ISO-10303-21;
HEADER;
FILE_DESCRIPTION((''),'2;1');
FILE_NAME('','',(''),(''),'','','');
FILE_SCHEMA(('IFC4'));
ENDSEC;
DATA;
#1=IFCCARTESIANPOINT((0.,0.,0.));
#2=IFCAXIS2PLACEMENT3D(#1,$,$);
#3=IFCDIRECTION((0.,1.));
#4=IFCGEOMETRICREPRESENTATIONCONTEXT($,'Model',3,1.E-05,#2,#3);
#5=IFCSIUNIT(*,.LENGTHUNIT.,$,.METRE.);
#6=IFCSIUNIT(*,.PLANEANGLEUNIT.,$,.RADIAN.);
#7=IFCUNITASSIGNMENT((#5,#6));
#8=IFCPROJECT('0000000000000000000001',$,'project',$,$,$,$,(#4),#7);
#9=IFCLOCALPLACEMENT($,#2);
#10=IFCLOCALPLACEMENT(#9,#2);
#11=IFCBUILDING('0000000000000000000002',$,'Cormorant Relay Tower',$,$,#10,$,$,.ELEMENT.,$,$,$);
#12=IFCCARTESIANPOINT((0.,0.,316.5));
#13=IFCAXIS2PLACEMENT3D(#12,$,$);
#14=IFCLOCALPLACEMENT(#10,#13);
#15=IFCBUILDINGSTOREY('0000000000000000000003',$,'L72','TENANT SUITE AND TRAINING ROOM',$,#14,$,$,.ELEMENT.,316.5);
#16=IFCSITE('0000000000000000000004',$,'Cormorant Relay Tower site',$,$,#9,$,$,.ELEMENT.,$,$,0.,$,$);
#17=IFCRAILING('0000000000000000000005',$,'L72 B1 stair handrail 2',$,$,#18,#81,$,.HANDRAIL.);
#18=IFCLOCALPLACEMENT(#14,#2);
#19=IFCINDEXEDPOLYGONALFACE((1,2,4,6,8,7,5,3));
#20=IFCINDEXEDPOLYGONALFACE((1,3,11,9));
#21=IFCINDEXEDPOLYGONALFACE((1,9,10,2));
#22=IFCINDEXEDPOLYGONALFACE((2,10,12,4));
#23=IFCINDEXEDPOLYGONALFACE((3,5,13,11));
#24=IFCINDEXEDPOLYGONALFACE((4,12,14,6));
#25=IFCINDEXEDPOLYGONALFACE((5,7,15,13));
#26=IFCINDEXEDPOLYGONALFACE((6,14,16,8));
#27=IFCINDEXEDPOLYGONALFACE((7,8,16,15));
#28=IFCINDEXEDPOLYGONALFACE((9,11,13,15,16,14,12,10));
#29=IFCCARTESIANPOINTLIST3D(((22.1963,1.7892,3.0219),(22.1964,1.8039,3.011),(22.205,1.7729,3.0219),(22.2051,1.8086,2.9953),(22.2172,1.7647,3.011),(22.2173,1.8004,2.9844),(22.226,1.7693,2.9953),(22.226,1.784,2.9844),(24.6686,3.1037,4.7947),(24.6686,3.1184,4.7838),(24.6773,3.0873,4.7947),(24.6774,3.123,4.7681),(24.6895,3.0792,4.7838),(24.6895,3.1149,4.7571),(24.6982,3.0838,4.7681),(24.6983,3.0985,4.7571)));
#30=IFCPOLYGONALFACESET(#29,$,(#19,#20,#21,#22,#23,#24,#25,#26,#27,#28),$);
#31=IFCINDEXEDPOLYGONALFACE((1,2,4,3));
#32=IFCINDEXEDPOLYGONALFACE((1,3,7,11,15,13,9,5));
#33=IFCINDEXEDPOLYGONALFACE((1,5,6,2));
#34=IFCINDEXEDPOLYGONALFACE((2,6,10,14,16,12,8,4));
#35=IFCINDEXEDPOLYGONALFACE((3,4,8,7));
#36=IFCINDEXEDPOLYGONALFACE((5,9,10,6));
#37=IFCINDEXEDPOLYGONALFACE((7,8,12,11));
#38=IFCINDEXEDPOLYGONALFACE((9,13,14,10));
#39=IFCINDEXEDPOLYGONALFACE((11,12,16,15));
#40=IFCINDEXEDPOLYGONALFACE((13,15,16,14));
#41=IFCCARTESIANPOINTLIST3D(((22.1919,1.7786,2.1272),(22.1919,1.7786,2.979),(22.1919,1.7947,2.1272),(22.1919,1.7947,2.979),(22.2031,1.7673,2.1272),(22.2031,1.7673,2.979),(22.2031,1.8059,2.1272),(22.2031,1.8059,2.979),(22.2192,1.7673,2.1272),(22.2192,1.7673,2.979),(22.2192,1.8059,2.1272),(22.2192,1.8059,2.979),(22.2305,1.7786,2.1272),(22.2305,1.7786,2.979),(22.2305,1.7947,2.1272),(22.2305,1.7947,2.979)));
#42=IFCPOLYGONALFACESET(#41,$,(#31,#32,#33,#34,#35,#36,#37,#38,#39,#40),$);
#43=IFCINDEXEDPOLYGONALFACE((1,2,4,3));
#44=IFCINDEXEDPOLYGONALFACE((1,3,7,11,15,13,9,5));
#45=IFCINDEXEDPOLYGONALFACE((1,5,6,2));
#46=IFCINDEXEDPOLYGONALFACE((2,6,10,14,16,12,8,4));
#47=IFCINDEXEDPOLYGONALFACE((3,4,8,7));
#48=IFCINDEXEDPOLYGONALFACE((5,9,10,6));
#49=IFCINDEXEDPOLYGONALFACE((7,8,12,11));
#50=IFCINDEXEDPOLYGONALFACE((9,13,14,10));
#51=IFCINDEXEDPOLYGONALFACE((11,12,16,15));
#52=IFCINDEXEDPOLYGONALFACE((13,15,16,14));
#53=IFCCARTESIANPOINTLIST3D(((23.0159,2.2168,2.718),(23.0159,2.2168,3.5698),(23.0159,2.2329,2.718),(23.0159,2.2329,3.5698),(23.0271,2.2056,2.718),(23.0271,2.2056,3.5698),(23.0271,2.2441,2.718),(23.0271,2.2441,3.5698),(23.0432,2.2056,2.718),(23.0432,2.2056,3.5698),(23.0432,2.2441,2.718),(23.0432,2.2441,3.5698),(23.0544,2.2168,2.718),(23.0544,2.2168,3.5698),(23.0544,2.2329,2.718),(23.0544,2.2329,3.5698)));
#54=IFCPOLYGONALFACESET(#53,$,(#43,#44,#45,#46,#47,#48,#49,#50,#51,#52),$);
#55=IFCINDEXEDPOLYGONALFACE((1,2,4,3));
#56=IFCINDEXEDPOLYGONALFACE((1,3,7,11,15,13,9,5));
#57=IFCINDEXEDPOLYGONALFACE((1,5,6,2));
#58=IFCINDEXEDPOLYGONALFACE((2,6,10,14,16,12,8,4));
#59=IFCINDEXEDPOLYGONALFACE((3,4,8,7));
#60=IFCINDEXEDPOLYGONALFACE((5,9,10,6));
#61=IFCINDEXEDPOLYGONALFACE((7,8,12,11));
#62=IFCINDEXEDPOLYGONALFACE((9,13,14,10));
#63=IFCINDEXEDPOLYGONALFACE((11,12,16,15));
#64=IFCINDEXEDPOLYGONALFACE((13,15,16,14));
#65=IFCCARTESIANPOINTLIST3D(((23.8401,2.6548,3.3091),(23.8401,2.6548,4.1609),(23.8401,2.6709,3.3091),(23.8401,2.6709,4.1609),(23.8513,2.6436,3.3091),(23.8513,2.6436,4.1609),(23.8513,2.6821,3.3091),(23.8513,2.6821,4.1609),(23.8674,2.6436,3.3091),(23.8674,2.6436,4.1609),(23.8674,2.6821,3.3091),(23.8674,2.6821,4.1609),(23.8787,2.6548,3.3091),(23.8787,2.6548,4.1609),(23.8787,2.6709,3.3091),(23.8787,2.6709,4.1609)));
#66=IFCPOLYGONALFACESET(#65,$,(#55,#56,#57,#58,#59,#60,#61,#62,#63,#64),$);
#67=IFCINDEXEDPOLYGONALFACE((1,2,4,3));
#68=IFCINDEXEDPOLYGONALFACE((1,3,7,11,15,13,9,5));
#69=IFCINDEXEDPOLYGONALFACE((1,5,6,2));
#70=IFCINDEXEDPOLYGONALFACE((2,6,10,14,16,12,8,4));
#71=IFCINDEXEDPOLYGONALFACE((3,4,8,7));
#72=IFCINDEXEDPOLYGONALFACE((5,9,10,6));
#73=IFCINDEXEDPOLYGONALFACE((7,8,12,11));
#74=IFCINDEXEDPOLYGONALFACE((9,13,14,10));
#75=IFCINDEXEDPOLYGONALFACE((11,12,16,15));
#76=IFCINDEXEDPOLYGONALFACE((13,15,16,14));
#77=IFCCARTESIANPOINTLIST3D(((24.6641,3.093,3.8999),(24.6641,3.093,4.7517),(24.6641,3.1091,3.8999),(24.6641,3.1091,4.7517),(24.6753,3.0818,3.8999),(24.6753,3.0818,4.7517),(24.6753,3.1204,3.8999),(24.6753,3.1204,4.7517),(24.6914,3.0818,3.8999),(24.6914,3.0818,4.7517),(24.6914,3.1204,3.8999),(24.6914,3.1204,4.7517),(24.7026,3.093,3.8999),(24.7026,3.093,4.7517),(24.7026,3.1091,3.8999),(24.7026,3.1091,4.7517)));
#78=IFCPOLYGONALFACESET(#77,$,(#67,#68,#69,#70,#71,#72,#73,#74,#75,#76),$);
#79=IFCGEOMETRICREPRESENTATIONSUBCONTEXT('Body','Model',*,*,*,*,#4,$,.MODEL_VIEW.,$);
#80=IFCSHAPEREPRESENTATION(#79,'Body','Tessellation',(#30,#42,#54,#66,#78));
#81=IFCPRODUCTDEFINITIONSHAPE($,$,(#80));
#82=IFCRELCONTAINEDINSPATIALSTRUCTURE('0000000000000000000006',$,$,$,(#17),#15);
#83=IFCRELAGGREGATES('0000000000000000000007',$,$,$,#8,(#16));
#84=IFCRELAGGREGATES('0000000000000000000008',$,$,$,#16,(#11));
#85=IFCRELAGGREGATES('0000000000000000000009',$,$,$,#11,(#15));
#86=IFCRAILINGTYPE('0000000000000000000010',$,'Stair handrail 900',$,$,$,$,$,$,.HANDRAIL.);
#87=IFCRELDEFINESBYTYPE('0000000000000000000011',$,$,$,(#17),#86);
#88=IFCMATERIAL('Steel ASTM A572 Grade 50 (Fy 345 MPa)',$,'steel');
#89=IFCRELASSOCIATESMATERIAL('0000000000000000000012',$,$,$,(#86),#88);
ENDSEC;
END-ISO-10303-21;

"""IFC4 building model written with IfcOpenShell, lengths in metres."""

from ifc_helpers import new_model, si_unit, direction, frame, origin, place, context, subcontext, project, spatial, polyline, outline, extrude, material, type_object, element, save


model = new_model("IFC4")

# Units and contexts
model_context = context("Model", 3, precision=1e-05, world=origin(), true_north=direction((0.0, 1.0)))
body_context = subcontext(model_context, "Body", "Model", "MODEL_VIEW")
ifc_project = project(units=[si_unit("LENGTHUNIT", "METRE"), si_unit("PLANEANGLEUNIT", "RADIAN")], contexts=[model_context])

# Site, building, storey
site_placement = place(None, origin())
site = spatial("IfcSite", under=ifc_project, at=site_placement, Name="Cormorant Relay Tower site", CompositionType="ELEMENT", RefElevation=0.0)
building_placement = place(site_placement, origin())
building = spatial("IfcBuilding", under=site, at=building_placement, Name="Cormorant Relay Tower", CompositionType="ELEMENT")
storey_placement = place(building_placement, frame((0.0, 0.0, 316.5)))
storey = spatial("IfcBuildingStorey", under=building, at=storey_placement, Name="L72", Description="TENANT SUITE AND TRAINING ROOM", CompositionType="ELEMENT", Elevation=316.5)

# Railing
ifc_material_1 = material(Name="Steel ASTM A572 Grade 50 (Fy 345 MPa)", Category="steel")
railing_type_1 = type_object("IfcRailingType", Name="Stair handrail 900", PredefinedType="HANDRAIL", material=ifc_material_1)
railing_1_placement = place(storey_placement, frame((22.2112, 1.7866, 2.1272)))
element("IfcRailing", 1, at=railing_1_placement, inside=storey, type_object=railing_type_1, Name="L72 B1 stair handrail 2", PredefinedType="HANDRAIL", context=body_context, shape_type="SweptSolid", body=[
    extrude(outline(polyline([(0.0222, 0.0093), (0.0093, 0.0222), (-0.0093, 0.0222), (-0.0222, 0.0093), (-0.0222, -0.0093), (-0.0093, -0.0222), (0.0093, -0.0222), (0.0222, -0.0093), (0.0222, 0.0093)])), frame((0.0, 0.0, 0.876), z_axis=(0.746001, 0.396649, 0.534931), x_axis=(-0.469465, 0.882951, 0.0)), (0.0, 0.0, 1.0), 3.314),
    extrude(outline(polyline([(0.0193, 0.0081), (0.0081, 0.0193), (-0.0081, 0.0193), (-0.0193, 0.0081), (-0.0193, -0.0081), (-0.0081, -0.0193), (0.0081, -0.0193), (0.0193, -0.0081), (0.0193, 0.0081)])), origin(), (0.0, 0.0, 1.0), 0.8518),
    extrude(outline(polyline([(0.0193, 0.0081), (0.0081, 0.0193), (-0.0081, 0.0193), (-0.0193, 0.0081), (-0.0193, -0.0081), (-0.0081, -0.0193), (0.0081, -0.0193), (0.0193, -0.0081), (0.0193, 0.0081)])), frame((0.824, 0.4382, 0.5908)), (0.0, 0.0, 1.0), 0.8518),
    extrude(outline(polyline([(0.0193, 0.0081), (0.0081, 0.0193), (-0.0081, 0.0193), (-0.0193, 0.0081), (-0.0193, -0.0081), (-0.0081, -0.0193), (0.0081, -0.0193), (0.0193, -0.0081), (0.0193, 0.0081)])), frame((1.6482, 0.8762, 1.1819)), (0.0, 0.0, 1.0), 0.8518),
    extrude(outline(polyline([(0.0193, 0.0081), (0.0081, 0.0193), (-0.0081, 0.0193), (-0.0193, 0.0081), (-0.0193, -0.0081), (-0.0081, -0.0193), (0.0081, -0.0193), (0.0193, -0.0081), (0.0193, 0.0081)])), frame((2.4722, 1.3145, 1.7727)), (0.0, 0.0, 1.0), 0.8518),
])

save(model, "model.ifc")
